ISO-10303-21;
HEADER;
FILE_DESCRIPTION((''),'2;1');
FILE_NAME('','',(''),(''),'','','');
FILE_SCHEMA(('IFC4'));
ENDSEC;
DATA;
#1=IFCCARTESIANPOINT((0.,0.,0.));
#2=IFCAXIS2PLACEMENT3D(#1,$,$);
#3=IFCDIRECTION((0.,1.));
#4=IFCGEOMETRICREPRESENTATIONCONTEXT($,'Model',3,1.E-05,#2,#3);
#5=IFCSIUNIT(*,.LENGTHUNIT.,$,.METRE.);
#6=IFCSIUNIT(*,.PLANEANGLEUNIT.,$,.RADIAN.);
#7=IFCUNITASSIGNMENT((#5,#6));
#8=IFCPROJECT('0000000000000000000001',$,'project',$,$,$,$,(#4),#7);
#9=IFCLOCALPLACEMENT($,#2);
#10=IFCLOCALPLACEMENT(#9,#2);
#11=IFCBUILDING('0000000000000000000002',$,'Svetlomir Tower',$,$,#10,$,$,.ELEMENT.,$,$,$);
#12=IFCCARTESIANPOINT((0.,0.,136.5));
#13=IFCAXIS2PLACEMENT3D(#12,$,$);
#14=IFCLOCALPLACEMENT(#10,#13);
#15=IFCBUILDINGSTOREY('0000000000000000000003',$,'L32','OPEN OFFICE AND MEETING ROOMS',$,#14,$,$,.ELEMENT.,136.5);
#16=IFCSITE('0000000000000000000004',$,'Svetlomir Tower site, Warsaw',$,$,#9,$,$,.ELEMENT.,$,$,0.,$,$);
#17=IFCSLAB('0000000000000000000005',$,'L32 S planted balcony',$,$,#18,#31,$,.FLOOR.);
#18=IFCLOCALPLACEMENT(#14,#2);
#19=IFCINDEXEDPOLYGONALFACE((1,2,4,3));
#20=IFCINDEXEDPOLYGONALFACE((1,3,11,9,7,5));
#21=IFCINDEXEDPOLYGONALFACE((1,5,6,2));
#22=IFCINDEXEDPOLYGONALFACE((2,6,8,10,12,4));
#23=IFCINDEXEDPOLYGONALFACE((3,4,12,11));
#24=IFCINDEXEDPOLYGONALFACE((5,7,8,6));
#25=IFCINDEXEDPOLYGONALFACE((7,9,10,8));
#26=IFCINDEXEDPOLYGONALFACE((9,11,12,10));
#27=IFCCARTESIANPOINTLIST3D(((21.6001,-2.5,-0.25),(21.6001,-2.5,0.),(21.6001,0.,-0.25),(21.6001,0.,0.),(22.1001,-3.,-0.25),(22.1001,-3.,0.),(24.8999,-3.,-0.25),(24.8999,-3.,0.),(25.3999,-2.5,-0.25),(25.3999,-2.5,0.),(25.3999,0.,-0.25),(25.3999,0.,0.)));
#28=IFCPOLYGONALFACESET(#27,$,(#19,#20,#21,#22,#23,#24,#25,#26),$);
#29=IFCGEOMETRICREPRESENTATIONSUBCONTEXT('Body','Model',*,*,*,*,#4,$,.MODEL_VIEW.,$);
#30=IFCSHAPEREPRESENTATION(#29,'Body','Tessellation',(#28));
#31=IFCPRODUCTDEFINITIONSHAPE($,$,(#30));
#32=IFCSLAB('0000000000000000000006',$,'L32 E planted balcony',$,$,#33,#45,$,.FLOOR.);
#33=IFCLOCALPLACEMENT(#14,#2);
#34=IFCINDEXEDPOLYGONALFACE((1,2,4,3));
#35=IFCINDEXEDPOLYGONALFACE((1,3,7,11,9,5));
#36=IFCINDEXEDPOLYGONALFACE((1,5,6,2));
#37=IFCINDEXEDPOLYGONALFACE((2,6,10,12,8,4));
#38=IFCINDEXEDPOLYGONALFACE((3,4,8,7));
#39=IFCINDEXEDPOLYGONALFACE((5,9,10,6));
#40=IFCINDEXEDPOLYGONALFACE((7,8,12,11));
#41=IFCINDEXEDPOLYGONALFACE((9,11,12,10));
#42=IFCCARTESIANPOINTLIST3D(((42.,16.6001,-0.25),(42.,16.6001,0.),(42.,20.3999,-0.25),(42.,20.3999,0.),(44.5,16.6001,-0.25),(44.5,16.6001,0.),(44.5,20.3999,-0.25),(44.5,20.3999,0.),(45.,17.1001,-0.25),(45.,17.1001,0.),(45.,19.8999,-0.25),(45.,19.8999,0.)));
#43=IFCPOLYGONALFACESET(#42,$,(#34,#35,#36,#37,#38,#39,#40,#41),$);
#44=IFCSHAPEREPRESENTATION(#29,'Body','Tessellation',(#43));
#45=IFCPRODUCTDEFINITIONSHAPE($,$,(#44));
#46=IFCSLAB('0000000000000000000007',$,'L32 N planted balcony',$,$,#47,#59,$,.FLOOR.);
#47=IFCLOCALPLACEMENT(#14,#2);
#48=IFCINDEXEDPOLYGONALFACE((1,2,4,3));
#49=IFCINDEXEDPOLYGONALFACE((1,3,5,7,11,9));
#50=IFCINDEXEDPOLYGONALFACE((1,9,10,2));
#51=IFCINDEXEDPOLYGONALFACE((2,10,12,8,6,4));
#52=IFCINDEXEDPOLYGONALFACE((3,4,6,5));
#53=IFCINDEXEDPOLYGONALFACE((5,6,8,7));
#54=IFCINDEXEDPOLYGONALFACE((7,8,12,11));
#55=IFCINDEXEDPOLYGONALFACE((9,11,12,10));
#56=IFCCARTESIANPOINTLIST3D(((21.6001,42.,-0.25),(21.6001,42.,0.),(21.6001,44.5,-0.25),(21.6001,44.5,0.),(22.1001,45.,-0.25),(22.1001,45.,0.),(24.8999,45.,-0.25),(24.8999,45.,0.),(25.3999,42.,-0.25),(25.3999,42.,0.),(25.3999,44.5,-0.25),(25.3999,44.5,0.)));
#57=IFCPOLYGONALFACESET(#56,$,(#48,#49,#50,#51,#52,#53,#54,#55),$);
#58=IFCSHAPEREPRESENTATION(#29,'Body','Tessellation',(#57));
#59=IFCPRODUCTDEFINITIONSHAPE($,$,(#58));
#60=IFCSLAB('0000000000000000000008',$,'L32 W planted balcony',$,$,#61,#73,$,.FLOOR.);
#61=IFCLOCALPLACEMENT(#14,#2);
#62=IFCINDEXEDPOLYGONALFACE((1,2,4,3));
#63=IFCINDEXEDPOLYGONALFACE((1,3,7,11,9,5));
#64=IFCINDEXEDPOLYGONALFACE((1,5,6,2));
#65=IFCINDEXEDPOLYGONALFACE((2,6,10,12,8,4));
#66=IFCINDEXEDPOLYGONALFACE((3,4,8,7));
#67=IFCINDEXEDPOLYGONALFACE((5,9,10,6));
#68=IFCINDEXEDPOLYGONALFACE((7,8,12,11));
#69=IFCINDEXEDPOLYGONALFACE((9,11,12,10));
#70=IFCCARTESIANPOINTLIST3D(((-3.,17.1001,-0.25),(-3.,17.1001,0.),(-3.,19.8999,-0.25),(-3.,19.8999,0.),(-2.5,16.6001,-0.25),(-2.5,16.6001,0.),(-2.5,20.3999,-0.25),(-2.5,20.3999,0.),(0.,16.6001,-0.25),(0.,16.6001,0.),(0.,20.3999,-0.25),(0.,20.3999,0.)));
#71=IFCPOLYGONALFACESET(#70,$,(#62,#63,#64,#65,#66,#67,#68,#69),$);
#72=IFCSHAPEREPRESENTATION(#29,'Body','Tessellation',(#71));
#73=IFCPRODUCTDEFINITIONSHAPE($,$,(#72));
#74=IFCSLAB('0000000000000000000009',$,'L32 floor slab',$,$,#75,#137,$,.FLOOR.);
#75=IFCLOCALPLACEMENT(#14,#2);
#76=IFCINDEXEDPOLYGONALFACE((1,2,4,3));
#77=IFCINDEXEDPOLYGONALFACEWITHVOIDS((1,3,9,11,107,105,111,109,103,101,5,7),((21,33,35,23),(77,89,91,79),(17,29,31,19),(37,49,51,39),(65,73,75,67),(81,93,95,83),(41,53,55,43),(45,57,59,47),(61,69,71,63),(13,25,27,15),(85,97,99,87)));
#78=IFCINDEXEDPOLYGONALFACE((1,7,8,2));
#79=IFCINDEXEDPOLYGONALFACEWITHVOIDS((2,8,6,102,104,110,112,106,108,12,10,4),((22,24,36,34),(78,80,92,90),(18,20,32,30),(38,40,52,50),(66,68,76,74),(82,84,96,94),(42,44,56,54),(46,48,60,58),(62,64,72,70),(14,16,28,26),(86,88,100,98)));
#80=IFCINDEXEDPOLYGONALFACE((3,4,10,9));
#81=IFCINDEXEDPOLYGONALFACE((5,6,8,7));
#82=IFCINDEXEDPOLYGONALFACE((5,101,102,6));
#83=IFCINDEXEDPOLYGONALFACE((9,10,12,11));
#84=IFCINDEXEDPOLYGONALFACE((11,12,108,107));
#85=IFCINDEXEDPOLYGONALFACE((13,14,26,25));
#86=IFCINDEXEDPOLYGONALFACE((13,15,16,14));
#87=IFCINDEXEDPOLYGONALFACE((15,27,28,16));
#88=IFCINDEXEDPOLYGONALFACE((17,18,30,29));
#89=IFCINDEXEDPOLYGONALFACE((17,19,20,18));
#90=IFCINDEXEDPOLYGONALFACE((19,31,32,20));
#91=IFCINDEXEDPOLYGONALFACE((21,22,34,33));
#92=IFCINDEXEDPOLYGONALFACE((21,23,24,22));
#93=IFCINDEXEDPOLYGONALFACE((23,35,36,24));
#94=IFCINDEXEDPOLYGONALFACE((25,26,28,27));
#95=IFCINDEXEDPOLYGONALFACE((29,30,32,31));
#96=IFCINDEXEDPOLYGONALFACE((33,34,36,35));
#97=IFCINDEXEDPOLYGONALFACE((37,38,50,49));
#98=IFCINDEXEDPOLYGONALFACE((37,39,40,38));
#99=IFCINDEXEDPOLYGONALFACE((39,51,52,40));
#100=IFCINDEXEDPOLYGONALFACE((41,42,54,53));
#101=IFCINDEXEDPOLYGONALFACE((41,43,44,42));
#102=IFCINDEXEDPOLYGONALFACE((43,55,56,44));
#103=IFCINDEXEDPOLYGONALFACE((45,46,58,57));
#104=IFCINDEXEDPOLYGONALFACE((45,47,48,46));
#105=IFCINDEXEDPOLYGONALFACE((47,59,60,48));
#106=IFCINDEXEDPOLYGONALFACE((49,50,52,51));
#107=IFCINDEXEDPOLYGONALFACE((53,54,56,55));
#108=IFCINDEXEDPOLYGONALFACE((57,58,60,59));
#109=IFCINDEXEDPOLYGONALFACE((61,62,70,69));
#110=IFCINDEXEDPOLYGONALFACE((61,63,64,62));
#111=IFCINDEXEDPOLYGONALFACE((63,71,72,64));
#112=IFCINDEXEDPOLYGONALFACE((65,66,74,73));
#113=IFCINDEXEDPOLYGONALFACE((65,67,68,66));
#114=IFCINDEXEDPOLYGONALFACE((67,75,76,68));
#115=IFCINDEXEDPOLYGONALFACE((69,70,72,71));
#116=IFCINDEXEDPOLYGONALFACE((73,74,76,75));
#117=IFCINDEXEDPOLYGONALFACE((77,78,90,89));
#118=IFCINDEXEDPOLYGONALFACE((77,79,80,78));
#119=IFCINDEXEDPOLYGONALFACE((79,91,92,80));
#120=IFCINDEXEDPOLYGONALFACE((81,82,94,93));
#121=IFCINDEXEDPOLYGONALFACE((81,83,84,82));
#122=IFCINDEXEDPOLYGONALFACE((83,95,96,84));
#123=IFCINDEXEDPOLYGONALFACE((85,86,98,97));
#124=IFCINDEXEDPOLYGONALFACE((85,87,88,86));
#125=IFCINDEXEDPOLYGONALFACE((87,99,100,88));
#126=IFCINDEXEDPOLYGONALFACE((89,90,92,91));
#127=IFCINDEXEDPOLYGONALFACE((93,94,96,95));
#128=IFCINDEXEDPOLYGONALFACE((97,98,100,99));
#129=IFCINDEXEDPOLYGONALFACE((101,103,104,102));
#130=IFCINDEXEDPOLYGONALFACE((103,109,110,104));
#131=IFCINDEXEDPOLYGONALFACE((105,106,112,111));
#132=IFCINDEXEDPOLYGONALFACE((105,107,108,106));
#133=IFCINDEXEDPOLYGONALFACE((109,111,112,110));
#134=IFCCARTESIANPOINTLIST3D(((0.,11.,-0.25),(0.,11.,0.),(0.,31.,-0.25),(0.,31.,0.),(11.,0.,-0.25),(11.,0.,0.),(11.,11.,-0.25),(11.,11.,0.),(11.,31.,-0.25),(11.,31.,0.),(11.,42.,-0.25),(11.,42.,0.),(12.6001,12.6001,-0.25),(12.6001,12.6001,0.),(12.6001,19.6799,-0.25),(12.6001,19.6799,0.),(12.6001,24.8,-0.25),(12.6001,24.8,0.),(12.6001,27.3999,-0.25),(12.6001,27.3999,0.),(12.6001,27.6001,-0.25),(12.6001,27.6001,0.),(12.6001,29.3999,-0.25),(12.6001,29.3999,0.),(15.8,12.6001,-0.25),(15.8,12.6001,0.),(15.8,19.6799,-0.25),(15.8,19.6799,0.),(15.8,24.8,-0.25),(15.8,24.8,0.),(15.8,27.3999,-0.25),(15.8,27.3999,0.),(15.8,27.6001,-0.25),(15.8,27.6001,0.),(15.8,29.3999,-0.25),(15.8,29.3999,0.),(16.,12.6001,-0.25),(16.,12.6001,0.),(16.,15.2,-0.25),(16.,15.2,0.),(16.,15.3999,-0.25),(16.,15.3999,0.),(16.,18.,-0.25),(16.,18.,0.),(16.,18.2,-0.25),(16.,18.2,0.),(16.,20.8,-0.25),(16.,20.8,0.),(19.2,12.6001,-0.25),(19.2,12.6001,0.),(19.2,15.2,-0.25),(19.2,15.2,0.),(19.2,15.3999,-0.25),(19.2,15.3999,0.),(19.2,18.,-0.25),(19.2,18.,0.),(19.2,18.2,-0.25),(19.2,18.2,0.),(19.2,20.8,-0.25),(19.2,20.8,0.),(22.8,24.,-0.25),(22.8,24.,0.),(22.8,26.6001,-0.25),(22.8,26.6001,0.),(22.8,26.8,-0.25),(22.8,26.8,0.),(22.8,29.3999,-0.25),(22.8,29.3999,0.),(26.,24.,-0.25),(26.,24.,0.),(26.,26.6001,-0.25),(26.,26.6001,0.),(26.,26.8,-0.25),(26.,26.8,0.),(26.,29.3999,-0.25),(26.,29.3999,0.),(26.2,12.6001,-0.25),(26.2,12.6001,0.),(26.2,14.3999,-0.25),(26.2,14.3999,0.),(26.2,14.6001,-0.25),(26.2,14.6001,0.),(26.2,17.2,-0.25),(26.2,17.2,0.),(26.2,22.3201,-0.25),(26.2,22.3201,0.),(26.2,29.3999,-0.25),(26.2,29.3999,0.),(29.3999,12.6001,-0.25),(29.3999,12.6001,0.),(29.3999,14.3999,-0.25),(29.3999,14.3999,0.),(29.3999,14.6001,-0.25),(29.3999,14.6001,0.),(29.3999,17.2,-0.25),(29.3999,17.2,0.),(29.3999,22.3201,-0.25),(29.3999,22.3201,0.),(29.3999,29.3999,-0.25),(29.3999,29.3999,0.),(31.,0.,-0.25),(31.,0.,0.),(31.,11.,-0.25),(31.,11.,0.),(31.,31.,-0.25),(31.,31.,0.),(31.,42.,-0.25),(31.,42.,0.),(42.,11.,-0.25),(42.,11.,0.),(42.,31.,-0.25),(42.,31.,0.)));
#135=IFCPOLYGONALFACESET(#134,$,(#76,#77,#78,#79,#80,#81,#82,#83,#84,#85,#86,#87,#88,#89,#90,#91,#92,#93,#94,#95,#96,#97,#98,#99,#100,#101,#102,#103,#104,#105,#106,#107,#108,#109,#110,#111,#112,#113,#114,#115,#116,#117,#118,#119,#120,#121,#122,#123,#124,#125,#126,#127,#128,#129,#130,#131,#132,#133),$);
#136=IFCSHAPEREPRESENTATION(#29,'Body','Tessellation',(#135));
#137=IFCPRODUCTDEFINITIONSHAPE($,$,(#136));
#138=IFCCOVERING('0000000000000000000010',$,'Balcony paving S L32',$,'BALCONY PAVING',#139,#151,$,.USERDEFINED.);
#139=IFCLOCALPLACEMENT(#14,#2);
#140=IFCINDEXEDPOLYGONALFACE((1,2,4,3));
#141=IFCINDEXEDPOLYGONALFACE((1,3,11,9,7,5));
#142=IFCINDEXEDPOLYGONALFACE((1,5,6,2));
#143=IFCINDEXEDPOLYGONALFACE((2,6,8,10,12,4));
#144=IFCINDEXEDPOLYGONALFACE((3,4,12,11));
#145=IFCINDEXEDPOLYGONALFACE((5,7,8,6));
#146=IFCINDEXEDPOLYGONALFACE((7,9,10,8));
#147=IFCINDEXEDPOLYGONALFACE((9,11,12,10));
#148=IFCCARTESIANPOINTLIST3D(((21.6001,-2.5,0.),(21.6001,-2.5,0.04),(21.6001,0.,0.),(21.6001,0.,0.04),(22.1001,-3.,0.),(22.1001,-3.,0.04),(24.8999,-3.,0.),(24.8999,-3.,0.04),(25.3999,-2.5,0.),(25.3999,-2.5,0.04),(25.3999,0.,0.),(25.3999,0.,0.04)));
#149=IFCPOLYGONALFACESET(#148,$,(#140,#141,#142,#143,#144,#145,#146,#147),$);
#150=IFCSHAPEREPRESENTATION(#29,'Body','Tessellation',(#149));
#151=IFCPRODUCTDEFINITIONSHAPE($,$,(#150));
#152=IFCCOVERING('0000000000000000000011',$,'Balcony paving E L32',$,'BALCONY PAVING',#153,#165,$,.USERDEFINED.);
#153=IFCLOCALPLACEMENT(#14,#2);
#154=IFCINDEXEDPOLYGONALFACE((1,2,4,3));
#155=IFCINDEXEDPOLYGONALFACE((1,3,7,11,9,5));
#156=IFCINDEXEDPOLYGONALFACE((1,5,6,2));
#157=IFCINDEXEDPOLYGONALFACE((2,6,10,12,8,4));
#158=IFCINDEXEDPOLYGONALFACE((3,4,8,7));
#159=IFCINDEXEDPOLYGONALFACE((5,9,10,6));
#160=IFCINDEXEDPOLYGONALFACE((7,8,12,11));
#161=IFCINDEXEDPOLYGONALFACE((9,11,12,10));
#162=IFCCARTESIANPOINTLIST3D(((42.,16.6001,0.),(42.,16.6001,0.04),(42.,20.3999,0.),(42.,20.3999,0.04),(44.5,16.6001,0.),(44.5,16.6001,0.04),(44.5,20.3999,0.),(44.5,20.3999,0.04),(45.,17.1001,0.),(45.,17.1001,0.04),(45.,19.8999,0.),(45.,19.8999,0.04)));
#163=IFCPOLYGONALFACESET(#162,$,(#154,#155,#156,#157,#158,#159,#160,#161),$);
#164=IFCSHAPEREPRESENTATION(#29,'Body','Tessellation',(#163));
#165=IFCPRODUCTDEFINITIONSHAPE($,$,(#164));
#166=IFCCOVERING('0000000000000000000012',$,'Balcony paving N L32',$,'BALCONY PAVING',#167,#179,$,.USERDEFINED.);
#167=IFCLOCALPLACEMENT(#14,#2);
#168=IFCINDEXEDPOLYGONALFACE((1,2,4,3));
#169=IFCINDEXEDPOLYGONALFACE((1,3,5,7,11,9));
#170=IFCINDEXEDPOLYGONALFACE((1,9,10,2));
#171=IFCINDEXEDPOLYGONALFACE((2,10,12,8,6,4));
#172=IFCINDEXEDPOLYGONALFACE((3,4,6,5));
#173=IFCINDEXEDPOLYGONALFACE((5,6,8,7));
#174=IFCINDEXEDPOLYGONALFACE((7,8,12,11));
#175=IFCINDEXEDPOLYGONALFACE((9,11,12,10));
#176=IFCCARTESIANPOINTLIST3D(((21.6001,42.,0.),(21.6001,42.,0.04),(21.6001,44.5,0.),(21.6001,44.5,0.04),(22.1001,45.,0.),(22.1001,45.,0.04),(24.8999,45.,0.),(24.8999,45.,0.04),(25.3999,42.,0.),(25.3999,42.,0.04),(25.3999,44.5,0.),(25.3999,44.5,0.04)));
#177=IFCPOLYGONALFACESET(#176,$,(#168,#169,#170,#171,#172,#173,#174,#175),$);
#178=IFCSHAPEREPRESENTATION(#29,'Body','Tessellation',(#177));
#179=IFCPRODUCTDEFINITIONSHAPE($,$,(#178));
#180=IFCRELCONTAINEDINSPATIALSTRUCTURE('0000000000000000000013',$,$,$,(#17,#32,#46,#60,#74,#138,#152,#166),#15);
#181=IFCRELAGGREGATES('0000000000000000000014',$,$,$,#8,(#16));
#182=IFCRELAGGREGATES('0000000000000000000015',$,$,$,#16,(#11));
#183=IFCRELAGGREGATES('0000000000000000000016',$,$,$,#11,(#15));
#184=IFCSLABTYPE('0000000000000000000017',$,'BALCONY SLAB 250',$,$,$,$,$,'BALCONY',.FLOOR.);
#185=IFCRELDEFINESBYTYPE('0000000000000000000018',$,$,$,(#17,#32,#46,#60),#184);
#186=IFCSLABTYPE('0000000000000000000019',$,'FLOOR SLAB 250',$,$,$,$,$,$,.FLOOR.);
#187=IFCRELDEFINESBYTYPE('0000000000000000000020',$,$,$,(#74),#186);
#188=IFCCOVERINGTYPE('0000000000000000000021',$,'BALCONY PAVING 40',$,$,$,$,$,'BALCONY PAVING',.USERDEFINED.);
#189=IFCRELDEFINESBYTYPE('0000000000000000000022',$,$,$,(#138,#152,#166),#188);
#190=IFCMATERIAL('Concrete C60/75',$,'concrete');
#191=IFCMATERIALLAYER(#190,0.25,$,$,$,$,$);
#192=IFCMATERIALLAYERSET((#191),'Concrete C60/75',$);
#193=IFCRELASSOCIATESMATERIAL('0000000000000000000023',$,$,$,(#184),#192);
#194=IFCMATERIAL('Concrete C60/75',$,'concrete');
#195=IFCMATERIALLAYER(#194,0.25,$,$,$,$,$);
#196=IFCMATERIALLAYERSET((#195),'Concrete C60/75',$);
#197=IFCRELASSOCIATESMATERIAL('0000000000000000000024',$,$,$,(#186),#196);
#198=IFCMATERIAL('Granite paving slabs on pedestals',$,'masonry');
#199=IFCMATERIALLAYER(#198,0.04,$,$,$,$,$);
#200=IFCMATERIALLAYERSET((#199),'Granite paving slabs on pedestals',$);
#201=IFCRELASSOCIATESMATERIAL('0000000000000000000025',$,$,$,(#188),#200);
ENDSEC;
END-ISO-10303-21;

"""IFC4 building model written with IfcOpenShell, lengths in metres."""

from ifc_helpers import new_model, si_unit, direction, frame, origin, place, context, subcontext, project, spatial, polyline, outline, extrude, material, layer, layer_set, type_object, element, save


model = new_model("IFC4")

# Units and contexts
model_context = context("Model", 3, precision=1e-05, world=origin(), true_north=direction((0.0, 1.0)))
body_context = subcontext(model_context, "Body", "Model", "MODEL_VIEW")
ifc_project = project(units=[si_unit("LENGTHUNIT", "METRE"), si_unit("PLANEANGLEUNIT", "RADIAN")], contexts=[model_context])

# Site, building, storey
site_placement = place(None, origin())
site = spatial("IfcSite", under=ifc_project, at=site_placement, Name="Svetlomir Tower site, Warsaw", CompositionType="ELEMENT", RefElevation=0.0)
building_placement = place(site_placement, origin())
building = spatial("IfcBuilding", under=site, at=building_placement, Name="Svetlomir Tower", CompositionType="ELEMENT")
storey_placement = place(building_placement, frame((0.0, 0.0, 136.5)))
storey = spatial("IfcBuildingStorey", under=building, at=storey_placement, Name="L32", Description="OPEN OFFICE AND MEETING ROOMS", CompositionType="ELEMENT", Elevation=136.5)

# Slabs
ifc_material_1 = material(Name="Concrete C60/75", Category="concrete")
ifc_layer_1 = layer(ifc_material_1, 0.25)
ifc_layer_set_1 = layer_set([ifc_layer_1], Name="Concrete C60/75")
slab_type_1 = type_object("IfcSlabType", Name="BALCONY SLAB 250", ElementType="BALCONY", PredefinedType="FLOOR", material=ifc_layer_set_1)
slab_1_placement = place(storey_placement, frame((0.0, 0.0, -0.25)))
element("IfcSlab", 1, at=slab_1_placement, inside=storey, type_object=slab_type_1, Name="L32 S planted balcony", PredefinedType="FLOOR", context=body_context, shape_type="SweptSolid", body=[
    extrude(outline(polyline([(21.6001, -2.5), (22.1001, -3.0), (24.8999, -3.0), (25.3999, -2.5), (25.3999, 0.0), (21.6001, 0.0), (21.6001, -2.5)])), origin(), (0.0, 0.0, 1.0), 0.25),
])
slab_2_placement = place(storey_placement, frame((0.0, 0.0, -0.25)))
element("IfcSlab", 2, at=slab_2_placement, inside=storey, type_object=slab_type_1, Name="L32 E planted balcony", PredefinedType="FLOOR", context=body_context, shape_type="SweptSolid", body=[
    extrude(outline(polyline([(42.0, 16.6001), (44.5, 16.6001), (45.0, 17.1001), (45.0, 19.8999), (44.5, 20.3999), (42.0, 20.3999), (42.0, 16.6001)])), origin(), (0.0, 0.0, 1.0), 0.25),
])
slab_3_placement = place(storey_placement, frame((0.0, 0.0, -0.25)))
element("IfcSlab", 3, at=slab_3_placement, inside=storey, type_object=slab_type_1, Name="L32 N planted balcony", PredefinedType="FLOOR", context=body_context, shape_type="SweptSolid", body=[
    extrude(outline(polyline([(21.6001, 42.0), (25.3999, 42.0), (25.3999, 44.5), (24.8999, 45.0), (22.1001, 45.0), (21.6001, 44.5), (21.6001, 42.0)])), origin(), (0.0, 0.0, 1.0), 0.25),
])
slab_4_placement = place(storey_placement, frame((0.0, 0.0, -0.25)))
element("IfcSlab", 4, at=slab_4_placement, inside=storey, type_object=slab_type_1, Name="L32 W planted balcony", PredefinedType="FLOOR", context=body_context, shape_type="SweptSolid", body=[
    extrude(outline(polyline([(-2.5, 16.6001), (0.0, 16.6001), (0.0, 20.3999), (-2.5, 20.3999), (-3.0, 19.8999), (-3.0, 17.1001), (-2.5, 16.6001)])), origin(), (0.0, 0.0, 1.0), 0.25),
])
ifc_material_2 = material(Name="Concrete C60/75", Category="concrete")
ifc_layer_2 = layer(ifc_material_2, 0.25)
ifc_layer_set_2 = layer_set([ifc_layer_2], Name="Concrete C60/75")
slab_type_2 = type_object("IfcSlabType", Name="FLOOR SLAB 250", PredefinedType="FLOOR", material=ifc_layer_set_2)
slab_5_placement = place(storey_placement, frame((0.0, 0.0, -0.25)))
element("IfcSlab", 5, at=slab_5_placement, inside=storey, type_object=slab_type_2, Name="L32 floor slab", PredefinedType="FLOOR", context=body_context, shape_type="SweptSolid", body=[
    extrude(outline(polyline([(11.0, 0.0), (31.0, 0.0), (31.0, 11.0), (42.0, 11.0), (42.0, 31.0), (31.0, 31.0), (31.0, 42.0), (11.0, 42.0), (11.0, 31.0), (0.0, 31.0), (0.0, 11.0), (11.0, 11.0), (11.0, 0.0)]), holes=[polyline([(12.6001, 24.8), (15.8, 24.8), (15.8, 27.3999), (12.6001, 27.3999), (12.6001, 24.8)]), polyline([(26.2, 14.6001), (29.3999, 14.6001), (29.3999, 17.2), (26.2, 17.2), (26.2, 14.6001)]), polyline([(16.0, 12.6001), (19.2, 12.6001), (19.2, 15.2), (16.0, 15.2), (16.0, 12.6001)]), polyline([(16.0, 15.3999), (19.2, 15.3999), (19.2, 18.0), (16.0, 18.0), (16.0, 15.3999)]), polyline([(16.0, 18.2), (19.2, 18.2), (19.2, 20.8), (16.0, 20.8), (16.0, 18.2)]), polyline([(22.8, 24.0), (26.0, 24.0), (26.0, 26.6001), (22.8, 26.6001), (22.8, 24.0)]), polyline([(22.8, 26.8), (26.0, 26.8), (26.0, 29.3999), (22.8, 29.3999), (22.8, 26.8)]), polyline([(12.6001, 27.6001), (15.8, 27.6001), (15.8, 29.3999), (12.6001, 29.3999), (12.6001, 27.6001)]), polyline([(26.2, 12.6001), (29.3999, 12.6001), (29.3999, 14.3999), (26.2, 14.3999), (26.2, 12.6001)]), polyline([(12.6001, 12.6001), (15.8, 12.6001), (15.8, 19.6799), (12.6001, 19.6799), (12.6001, 12.6001)]), polyline([(26.2, 22.3201), (29.3999, 22.3201), (29.3999, 29.3999), (26.2, 29.3999), (26.2, 22.3201)])]), origin(), (0.0, 0.0, 1.0), 0.25),
])

# Coverings
ifc_material_3 = material(Name="Granite paving slabs on pedestals", Category="masonry")
ifc_layer_3 = layer(ifc_material_3, 0.04)
ifc_layer_set_3 = layer_set([ifc_layer_3], Name="Granite paving slabs on pedestals")
covering_type_1 = type_object("IfcCoveringType", Name="BALCONY PAVING 40", ElementType="BALCONY PAVING", PredefinedType="USERDEFINED", material=ifc_layer_set_3)
covering_1_placement = place(storey_placement, origin())
element("IfcCovering", 6, at=covering_1_placement, inside=storey, type_object=covering_type_1, Name="Balcony paving S L32", ObjectType="BALCONY PAVING", PredefinedType="USERDEFINED", context=body_context, shape_type="SweptSolid", body=[
    extrude(outline(polyline([(21.6001, -2.5), (22.1001, -3.0), (24.8999, -3.0), (25.3999, -2.5), (25.3999, 0.0), (21.6001, 0.0), (21.6001, -2.5)])), origin(), (0.0, 0.0, 1.0), 0.04),
])
covering_2_placement = place(storey_placement, origin())
element("IfcCovering", 7, at=covering_2_placement, inside=storey, type_object=covering_type_1, Name="Balcony paving E L32", ObjectType="BALCONY PAVING", PredefinedType="USERDEFINED", context=body_context, shape_type="SweptSolid", body=[
    extrude(outline(polyline([(42.0, 16.6001), (44.5, 16.6001), (45.0, 17.1001), (45.0, 19.8999), (44.5, 20.3999), (42.0, 20.3999), (42.0, 16.6001)])), origin(), (0.0, 0.0, 1.0), 0.04),
])
covering_3_placement = place(storey_placement, origin())
element("IfcCovering", 8, at=covering_3_placement, inside=storey, type_object=covering_type_1, Name="Balcony paving N L32", ObjectType="BALCONY PAVING", PredefinedType="USERDEFINED", context=body_context, shape_type="SweptSolid", body=[
    extrude(outline(polyline([(21.6001, 42.0), (25.3999, 42.0), (25.3999, 44.5), (24.8999, 45.0), (22.1001, 45.0), (21.6001, 44.5), (21.6001, 42.0)])), origin(), (0.0, 0.0, 1.0), 0.04),
])

save(model, "model.ifc")
